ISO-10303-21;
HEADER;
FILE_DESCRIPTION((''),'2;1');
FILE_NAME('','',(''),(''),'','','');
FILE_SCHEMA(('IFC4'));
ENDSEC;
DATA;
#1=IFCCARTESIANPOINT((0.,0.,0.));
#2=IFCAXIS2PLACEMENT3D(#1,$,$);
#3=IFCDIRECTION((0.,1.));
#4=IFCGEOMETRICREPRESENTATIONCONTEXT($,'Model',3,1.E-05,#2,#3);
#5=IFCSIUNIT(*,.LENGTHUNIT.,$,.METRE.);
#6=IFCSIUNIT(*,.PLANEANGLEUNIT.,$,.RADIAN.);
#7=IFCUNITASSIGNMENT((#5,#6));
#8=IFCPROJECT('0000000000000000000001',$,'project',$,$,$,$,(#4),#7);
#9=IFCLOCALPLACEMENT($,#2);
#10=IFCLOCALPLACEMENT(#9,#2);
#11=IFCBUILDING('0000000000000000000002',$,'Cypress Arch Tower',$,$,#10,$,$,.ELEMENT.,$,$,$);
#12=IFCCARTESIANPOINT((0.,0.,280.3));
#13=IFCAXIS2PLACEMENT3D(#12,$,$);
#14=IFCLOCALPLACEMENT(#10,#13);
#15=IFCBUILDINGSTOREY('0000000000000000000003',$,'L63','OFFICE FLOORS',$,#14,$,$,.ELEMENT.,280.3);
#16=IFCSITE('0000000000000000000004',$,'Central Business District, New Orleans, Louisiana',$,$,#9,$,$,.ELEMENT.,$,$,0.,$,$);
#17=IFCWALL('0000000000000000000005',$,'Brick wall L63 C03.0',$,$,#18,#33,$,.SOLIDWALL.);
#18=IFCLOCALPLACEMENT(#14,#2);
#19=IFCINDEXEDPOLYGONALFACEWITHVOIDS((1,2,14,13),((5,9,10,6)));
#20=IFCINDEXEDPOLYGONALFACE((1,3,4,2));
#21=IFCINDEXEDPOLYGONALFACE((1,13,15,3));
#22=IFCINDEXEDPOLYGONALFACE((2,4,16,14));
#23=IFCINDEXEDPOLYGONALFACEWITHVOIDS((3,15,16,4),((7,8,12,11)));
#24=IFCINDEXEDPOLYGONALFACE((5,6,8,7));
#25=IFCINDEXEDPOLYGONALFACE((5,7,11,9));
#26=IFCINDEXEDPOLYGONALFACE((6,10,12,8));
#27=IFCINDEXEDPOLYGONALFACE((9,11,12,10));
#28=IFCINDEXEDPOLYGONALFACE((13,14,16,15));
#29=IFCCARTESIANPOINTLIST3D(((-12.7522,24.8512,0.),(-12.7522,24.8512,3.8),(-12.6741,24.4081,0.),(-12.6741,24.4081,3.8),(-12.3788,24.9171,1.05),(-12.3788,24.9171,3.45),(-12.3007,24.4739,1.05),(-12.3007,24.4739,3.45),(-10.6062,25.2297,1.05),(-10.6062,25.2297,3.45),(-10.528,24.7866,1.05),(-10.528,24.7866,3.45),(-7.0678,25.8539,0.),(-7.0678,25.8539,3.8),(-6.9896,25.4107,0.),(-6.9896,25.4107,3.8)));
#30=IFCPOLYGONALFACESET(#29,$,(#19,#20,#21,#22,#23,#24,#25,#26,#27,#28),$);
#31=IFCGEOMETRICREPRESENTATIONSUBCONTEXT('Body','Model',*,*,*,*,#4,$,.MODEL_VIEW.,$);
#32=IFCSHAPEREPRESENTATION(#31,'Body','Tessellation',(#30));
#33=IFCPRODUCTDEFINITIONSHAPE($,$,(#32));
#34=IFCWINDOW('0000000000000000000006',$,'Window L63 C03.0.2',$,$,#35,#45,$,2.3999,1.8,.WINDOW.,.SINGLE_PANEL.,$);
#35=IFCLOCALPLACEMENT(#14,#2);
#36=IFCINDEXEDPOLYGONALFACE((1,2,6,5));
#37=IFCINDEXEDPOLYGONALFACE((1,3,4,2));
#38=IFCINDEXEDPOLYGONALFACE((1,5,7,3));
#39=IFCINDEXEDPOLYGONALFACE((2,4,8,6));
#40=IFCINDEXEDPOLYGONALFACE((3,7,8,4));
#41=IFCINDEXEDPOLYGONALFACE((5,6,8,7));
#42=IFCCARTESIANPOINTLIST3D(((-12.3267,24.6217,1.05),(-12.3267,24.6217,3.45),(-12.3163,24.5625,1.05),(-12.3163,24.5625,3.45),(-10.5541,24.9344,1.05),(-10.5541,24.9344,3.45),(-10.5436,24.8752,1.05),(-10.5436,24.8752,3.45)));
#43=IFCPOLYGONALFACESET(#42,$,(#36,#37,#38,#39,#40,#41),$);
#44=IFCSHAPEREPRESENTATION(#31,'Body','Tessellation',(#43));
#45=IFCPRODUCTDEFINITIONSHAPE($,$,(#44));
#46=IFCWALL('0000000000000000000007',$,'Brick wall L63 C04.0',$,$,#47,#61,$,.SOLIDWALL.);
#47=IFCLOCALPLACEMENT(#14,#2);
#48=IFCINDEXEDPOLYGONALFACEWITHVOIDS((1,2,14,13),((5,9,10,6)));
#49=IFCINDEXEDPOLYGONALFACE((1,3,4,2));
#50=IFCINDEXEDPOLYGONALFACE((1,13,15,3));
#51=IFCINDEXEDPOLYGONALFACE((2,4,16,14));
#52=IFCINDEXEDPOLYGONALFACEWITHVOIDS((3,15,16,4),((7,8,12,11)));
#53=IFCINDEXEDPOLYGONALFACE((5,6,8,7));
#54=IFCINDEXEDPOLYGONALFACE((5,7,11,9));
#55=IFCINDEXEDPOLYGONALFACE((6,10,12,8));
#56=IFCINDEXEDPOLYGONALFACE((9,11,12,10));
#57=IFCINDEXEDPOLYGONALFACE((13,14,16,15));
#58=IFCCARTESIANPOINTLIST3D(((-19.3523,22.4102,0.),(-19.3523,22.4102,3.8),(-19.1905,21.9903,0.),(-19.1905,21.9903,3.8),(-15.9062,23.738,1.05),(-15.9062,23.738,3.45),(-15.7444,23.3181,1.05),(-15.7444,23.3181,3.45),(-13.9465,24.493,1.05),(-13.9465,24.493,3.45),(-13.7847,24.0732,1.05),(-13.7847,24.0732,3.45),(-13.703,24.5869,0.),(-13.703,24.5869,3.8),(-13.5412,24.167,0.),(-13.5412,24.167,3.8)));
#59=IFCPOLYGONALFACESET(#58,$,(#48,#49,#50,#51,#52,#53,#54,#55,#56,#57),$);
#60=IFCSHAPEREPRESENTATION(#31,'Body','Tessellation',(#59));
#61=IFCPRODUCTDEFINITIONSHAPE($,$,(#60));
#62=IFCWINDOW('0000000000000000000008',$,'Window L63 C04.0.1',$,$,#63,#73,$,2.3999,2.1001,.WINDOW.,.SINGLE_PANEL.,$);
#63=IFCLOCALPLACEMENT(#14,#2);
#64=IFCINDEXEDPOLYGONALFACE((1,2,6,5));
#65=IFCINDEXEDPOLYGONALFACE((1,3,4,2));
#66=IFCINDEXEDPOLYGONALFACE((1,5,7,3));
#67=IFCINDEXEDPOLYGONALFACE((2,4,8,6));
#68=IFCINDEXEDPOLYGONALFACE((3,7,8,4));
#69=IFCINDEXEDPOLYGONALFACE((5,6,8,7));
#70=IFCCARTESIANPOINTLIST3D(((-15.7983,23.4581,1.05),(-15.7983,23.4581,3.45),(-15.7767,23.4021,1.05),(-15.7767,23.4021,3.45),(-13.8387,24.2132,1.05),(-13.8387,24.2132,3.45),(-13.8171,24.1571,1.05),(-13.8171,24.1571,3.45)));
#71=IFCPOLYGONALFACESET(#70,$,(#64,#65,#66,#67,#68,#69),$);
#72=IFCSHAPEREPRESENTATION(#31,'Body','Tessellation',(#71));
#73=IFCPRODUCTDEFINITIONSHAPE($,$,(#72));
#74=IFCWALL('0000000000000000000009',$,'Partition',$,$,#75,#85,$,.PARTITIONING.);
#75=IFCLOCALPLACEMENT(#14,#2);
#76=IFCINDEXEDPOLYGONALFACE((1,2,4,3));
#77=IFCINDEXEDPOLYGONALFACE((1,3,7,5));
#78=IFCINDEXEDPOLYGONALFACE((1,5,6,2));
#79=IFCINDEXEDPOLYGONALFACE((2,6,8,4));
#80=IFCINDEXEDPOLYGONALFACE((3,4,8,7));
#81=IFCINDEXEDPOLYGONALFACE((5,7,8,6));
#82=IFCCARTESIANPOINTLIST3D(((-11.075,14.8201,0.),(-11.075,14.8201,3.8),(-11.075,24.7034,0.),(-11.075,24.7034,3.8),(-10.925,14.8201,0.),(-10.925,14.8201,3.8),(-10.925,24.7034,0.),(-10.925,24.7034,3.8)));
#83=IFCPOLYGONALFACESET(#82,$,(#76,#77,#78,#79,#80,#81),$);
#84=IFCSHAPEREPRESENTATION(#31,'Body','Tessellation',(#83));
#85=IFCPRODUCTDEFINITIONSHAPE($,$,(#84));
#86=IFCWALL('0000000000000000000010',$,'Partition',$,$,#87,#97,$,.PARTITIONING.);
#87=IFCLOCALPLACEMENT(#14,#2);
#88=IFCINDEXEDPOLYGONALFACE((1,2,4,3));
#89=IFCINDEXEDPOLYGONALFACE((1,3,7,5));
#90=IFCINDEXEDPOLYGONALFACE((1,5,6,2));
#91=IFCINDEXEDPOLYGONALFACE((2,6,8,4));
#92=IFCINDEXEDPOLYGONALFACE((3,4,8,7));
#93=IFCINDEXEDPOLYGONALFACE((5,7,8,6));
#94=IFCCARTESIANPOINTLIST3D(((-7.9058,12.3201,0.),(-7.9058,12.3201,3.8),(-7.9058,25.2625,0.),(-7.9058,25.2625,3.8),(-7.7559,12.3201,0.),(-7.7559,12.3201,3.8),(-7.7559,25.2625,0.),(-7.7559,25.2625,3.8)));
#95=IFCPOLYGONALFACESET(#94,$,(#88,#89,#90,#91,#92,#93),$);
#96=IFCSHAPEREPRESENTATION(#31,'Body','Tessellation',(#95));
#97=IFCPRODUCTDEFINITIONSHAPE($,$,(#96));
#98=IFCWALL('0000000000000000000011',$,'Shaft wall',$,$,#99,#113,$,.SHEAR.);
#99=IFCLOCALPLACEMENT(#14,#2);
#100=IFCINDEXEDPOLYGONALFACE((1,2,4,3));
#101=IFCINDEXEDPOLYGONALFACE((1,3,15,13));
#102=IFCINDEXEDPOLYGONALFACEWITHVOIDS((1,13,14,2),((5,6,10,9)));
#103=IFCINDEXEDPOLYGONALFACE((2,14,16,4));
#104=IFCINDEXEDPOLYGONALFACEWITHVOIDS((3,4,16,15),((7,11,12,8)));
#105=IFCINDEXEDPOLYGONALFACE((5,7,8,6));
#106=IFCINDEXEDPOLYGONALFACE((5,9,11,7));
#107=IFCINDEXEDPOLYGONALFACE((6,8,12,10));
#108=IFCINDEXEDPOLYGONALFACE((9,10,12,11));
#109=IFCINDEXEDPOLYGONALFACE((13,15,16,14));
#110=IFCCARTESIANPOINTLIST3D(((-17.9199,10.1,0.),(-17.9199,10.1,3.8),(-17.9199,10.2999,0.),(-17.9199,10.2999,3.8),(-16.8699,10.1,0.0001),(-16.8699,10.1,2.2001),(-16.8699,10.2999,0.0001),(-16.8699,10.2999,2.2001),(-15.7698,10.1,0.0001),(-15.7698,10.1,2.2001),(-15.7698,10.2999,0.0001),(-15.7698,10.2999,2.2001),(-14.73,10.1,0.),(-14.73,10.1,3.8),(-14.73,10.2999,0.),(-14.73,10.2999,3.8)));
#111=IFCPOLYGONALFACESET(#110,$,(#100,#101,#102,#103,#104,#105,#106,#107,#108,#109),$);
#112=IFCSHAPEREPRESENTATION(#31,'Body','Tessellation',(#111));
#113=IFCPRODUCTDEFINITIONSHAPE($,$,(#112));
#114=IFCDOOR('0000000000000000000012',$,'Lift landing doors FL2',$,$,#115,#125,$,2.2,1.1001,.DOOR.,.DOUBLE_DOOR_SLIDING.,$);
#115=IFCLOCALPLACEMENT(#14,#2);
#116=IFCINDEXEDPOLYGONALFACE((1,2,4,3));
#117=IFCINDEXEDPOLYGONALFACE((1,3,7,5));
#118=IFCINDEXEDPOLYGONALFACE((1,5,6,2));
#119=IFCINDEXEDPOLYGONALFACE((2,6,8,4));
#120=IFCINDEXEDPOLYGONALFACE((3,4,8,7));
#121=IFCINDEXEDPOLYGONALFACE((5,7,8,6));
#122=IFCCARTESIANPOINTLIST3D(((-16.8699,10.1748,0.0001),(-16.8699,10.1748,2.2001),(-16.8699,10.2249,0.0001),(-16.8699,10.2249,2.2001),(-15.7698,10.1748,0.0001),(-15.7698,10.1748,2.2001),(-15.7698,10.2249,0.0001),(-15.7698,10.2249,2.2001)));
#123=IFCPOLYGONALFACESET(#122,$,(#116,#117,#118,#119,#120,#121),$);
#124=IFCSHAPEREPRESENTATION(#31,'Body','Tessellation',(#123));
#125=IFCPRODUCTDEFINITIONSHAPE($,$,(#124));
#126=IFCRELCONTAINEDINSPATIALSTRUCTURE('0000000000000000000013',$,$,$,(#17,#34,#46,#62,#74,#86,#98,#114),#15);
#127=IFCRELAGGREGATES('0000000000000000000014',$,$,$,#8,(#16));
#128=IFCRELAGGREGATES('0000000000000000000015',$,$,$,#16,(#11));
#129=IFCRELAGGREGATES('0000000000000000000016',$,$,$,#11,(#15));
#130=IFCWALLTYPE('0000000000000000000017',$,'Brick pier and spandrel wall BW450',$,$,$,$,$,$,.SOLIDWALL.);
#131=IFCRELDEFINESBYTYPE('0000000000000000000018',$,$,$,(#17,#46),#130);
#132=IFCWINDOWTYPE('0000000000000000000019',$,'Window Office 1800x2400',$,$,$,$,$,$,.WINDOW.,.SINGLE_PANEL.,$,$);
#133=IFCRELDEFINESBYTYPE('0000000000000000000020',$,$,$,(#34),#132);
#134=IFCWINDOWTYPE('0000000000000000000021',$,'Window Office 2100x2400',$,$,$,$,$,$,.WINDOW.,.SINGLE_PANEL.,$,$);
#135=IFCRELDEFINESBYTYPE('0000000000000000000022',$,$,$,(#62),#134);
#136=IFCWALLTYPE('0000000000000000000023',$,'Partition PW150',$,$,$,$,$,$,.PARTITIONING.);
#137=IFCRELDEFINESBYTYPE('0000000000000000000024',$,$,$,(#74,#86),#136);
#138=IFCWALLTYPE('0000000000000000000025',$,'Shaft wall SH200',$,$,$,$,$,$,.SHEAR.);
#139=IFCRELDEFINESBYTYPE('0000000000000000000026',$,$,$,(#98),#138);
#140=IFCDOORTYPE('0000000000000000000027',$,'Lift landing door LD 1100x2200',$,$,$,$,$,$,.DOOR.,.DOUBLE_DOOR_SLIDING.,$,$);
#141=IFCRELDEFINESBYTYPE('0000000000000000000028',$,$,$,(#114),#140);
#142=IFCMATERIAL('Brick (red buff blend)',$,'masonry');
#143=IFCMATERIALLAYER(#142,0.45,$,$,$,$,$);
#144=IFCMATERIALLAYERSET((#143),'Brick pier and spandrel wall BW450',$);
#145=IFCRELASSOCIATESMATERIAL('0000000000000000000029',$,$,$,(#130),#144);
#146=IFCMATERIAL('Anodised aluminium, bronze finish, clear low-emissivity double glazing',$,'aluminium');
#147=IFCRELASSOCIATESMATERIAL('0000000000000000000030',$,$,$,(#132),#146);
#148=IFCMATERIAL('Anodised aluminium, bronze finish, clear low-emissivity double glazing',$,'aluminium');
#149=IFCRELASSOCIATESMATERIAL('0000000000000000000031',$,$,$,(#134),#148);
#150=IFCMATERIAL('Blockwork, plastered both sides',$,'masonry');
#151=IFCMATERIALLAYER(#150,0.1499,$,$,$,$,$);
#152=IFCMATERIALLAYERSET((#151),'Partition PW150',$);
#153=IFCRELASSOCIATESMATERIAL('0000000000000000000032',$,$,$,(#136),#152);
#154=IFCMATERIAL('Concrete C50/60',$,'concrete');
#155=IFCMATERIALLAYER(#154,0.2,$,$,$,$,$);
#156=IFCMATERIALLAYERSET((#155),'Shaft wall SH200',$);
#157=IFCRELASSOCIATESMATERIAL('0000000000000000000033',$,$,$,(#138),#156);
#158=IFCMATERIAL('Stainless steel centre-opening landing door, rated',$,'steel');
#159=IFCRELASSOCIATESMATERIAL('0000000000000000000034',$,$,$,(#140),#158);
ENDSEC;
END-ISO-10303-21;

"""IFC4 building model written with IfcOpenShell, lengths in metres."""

from ifc_helpers import new_model, si_unit, direction, frame, frame_2d, origin, place, context, subcontext, project, spatial, rectangle, extrude, material, layer, layer_set, type_object, element, fill, save


model = new_model("IFC4")

# Units and contexts
model_context = context("Model", 3, precision=1e-05, world=origin(), true_north=direction((0.0, 1.0)))
body_context = subcontext(model_context, "Body", "Model", "MODEL_VIEW")
ifc_project = project(units=[si_unit("LENGTHUNIT", "METRE"), si_unit("PLANEANGLEUNIT", "RADIAN")], contexts=[model_context])

# Site, building, storey
site_placement = place(None, origin())
site = spatial("IfcSite", under=ifc_project, at=site_placement, Name="Central Business District, New Orleans, Louisiana", CompositionType="ELEMENT", RefElevation=0.0)
building_placement = place(site_placement, origin())
building = spatial("IfcBuilding", under=site, at=building_placement, Name="Cypress Arch Tower", CompositionType="ELEMENT")
storey_placement = place(building_placement, frame((0.0, 0.0, 280.3)))
storey = spatial("IfcBuildingStorey", under=building, at=storey_placement, Name="L63", Description="OFFICE FLOORS", CompositionType="ELEMENT", Elevation=280.3)

# Walls, openings, windows
ifc_material_1 = material(Name="Brick (red buff blend)", Category="masonry")
ifc_layer_1 = layer(ifc_material_1, 0.45)
ifc_layer_set_1 = layer_set([ifc_layer_1], Name="Brick pier and spandrel wall BW450")
wall_type_1 = type_object("IfcWallType", Name="Brick pier and spandrel wall BW450", PredefinedType="SOLIDWALL", material=ifc_layer_set_1)
wall_1_placement = place(storey_placement, frame((-7.0286, 25.6323, 0.0), z_axis=(0.0, 0.0, 1.0), x_axis=(-0.984798, -0.173706, 0.0)))
wall_1 = element("IfcWall", 1, at=wall_1_placement, inside=storey, type_object=wall_type_1, Name="Brick wall L63 C03.0", PredefinedType="SOLIDWALL", context=body_context, shape_type="SweptSolid", body=[
    extrude(rectangle(XDim=5.7722, YDim=0.45, at=frame_2d((2.8862, 0.0))), origin(), (0.0, 0.0, 1.0), 3.8),
])
opening_1_placement = place(wall_1_placement, frame((3.5933, 0.0, 1.05)))
opening_1 = element("IfcOpeningElement", 2, at=opening_1_placement, cuts=wall_1, PredefinedType="OPENING", context=body_context, shape_type="SweptSolid", body=[
    extrude(rectangle(XDim=1.8, YDim=2.3999, at=frame_2d((0.8999, 1.2))), frame((0.0, 0.2349, 0.0), z_axis=(0.0, -1.0, 0.0), x_axis=(1.0, 0.0, 0.0)), (0.0, 0.0, 1.0), 0.47),
])
ifc_material_2 = material(Name="Anodised aluminium, bronze finish, clear low-emissivity double glazing", Category="aluminium")
window_type_1 = type_object("IfcWindowType", Name="Window Office 1800x2400", PartitioningType="SINGLE_PANEL", PredefinedType="WINDOW", material=ifc_material_2)
window_1_placement = place(opening_1_placement, origin())
window_1 = element("IfcWindow", 3, at=window_1_placement, inside=storey, type_object=window_type_1, Name="Window L63 C03.0.2", OverallHeight=2.3999, OverallWidth=1.8, PartitioningType="SINGLE_PANEL", PredefinedType="WINDOW", context=body_context, shape_type="SweptSolid", body=[
    extrude(rectangle(XDim=1.8, YDim=2.3999, at=frame_2d((0.8999, 1.2))), frame((0.0, 0.135, 0.0), z_axis=(0.0, -1.0, 0.0), x_axis=(1.0, 0.0, 0.0)), (0.0, 0.0, 1.0), 0.0601),
])
fill(opening_1, window_1)
wall_2_placement = place(storey_placement, frame((-13.6221, 24.377, 0.0), z_axis=(0.0, 0.0, 1.0), x_axis=(-0.933129, -0.359541, 0.0)))
wall_2 = element("IfcWall", 4, at=wall_2_placement, inside=storey, type_object=wall_type_1, Name="Brick wall L63 C04.0", PredefinedType="SOLIDWALL", context=body_context, shape_type="SweptSolid", body=[
    extrude(rectangle(XDim=6.0542, YDim=0.45, at=frame_2d((3.0271, 0.0))), origin(), (0.0, 0.0, 1.0), 3.8),
])
opening_2_placement = place(wall_2_placement, frame((0.261, 0.0, 1.05)))
opening_2 = element("IfcOpeningElement", 5, at=opening_2_placement, cuts=wall_2, PredefinedType="OPENING", context=body_context, shape_type="SweptSolid", body=[
    extrude(rectangle(XDim=2.1001, YDim=2.3999, at=frame_2d((1.05, 1.2))), frame((0.0, 0.2349, 0.0), z_axis=(0.0, -1.0, 0.0), x_axis=(1.0, 0.0, 0.0)), (0.0, 0.0, 1.0), 0.47),
])
ifc_material_3 = material(Name="Anodised aluminium, bronze finish, clear low-emissivity double glazing", Category="aluminium")
window_type_2 = type_object("IfcWindowType", Name="Window Office 2100x2400", PartitioningType="SINGLE_PANEL", PredefinedType="WINDOW", material=ifc_material_3)
window_2_placement = place(opening_2_placement, origin())
window_2 = element("IfcWindow", 6, at=window_2_placement, inside=storey, type_object=window_type_2, Name="Window L63 C04.0.1", OverallHeight=2.3999, OverallWidth=2.1001, PartitioningType="SINGLE_PANEL", PredefinedType="WINDOW", context=body_context, shape_type="SweptSolid", body=[
    extrude(rectangle(XDim=2.1001, YDim=2.3999, at=frame_2d((1.05, 1.2))), frame((0.0, 0.135, 0.0), z_axis=(0.0, -1.0, 0.0), x_axis=(1.0, 0.0, 0.0)), (0.0, 0.0, 1.0), 0.0601),
])
fill(opening_2, window_2)

# Walls
ifc_material_4 = material(Name="Blockwork, plastered both sides", Category="masonry")
ifc_layer_2 = layer(ifc_material_4, 0.1499)
ifc_layer_set_2 = layer_set([ifc_layer_2], Name="Partition PW150")
wall_type_2 = type_object("IfcWallType", Name="Partition PW150", PredefinedType="PARTITIONING", material=ifc_layer_set_2)
wall_3_placement = place(storey_placement, frame((-11.0, 14.8201, 0.0), z_axis=(0.0, 0.0, 1.0), x_axis=(0.0, 1.0, 0.0)))
element("IfcWall", 7, at=wall_3_placement, inside=storey, type_object=wall_type_2, Name="Partition", PredefinedType="PARTITIONING", context=body_context, shape_type="SweptSolid", body=[
    extrude(rectangle(XDim=9.8833, YDim=0.1499, at=frame_2d((4.9417, 0.0))), origin(), (0.0, 0.0, 1.0), 3.8),
])
wall_4_placement = place(storey_placement, frame((-7.8308, 12.3201, 0.0), z_axis=(0.0, 0.0, 1.0), x_axis=(0.0, 1.0, 0.0)))
element("IfcWall", 8, at=wall_4_placement, inside=storey, type_object=wall_type_2, Name="Partition", PredefinedType="PARTITIONING", context=body_context, shape_type="SweptSolid", body=[
    extrude(rectangle(XDim=12.9424, YDim=0.1499, at=frame_2d((6.4712, 0.0))), origin(), (0.0, 0.0, 1.0), 3.8),
])

# Wall, opening, door
ifc_material_5 = material(Name="Concrete C50/60", Category="concrete")
ifc_layer_3 = layer(ifc_material_5, 0.2)
ifc_layer_set_3 = layer_set([ifc_layer_3], Name="Shaft wall SH200")
wall_type_3 = type_object("IfcWallType", Name="Shaft wall SH200", PredefinedType="SHEAR", material=ifc_layer_set_3)
wall_5_placement = place(storey_placement, frame((-17.9199, 10.2, 0.0), z_axis=(0.0, 0.0, 1.0), x_axis=(1.0, 0.0, 0.0)))
wall_5 = element("IfcWall", 9, at=wall_5_placement, inside=storey, type_object=wall_type_3, Name="Shaft wall", PredefinedType="SHEAR", context=body_context, shape_type="SweptSolid", body=[
    extrude(rectangle(XDim=3.1899, YDim=0.2, at=frame_2d((1.595, 0.0))), origin(), (0.0, 0.0, 1.0), 3.8),
])
opening_3_placement = place(wall_5_placement, frame((1.05, 0.0, 0.0)))
opening_3 = element("IfcOpeningElement", 10, at=opening_3_placement, cuts=wall_5, PredefinedType="OPENING", context=body_context, shape_type="SweptSolid", body=[
    extrude(rectangle(XDim=1.1001, YDim=2.2, at=frame_2d((0.55, 1.1001))), frame((0.0, 0.1099, 0.0), z_axis=(0.0, -1.0, 0.0), x_axis=(1.0, 0.0, 0.0)), (0.0, 0.0, 1.0), 0.22),
])
ifc_material_6 = material(Name="Stainless steel centre-opening landing door, rated", Category="steel")
door_type_1 = type_object("IfcDoorType", Name="Lift landing door LD 1100x2200", OperationType="DOUBLE_DOOR_SLIDING", PredefinedType="DOOR", material=ifc_material_6)
door_1_placement = place(opening_3_placement, origin())
door_1 = element("IfcDoor", 11, at=door_1_placement, inside=storey, type_object=door_type_1, Name="Lift landing doors FL2", OperationType="DOUBLE_DOOR_SLIDING", OverallHeight=2.2, OverallWidth=1.1001, PredefinedType="DOOR", context=body_context, shape_type="SweptSolid", body=[
    extrude(rectangle(XDim=1.1001, YDim=2.2, at=frame_2d((0.55, 1.1001))), frame((0.0, 0.0249, 0.0), z_axis=(0.0, -1.0, 0.0), x_axis=(1.0, 0.0, 0.0)), (0.0, 0.0, 1.0), 0.05),
])
fill(opening_3, door_1)

save(model, "model.ifc")
